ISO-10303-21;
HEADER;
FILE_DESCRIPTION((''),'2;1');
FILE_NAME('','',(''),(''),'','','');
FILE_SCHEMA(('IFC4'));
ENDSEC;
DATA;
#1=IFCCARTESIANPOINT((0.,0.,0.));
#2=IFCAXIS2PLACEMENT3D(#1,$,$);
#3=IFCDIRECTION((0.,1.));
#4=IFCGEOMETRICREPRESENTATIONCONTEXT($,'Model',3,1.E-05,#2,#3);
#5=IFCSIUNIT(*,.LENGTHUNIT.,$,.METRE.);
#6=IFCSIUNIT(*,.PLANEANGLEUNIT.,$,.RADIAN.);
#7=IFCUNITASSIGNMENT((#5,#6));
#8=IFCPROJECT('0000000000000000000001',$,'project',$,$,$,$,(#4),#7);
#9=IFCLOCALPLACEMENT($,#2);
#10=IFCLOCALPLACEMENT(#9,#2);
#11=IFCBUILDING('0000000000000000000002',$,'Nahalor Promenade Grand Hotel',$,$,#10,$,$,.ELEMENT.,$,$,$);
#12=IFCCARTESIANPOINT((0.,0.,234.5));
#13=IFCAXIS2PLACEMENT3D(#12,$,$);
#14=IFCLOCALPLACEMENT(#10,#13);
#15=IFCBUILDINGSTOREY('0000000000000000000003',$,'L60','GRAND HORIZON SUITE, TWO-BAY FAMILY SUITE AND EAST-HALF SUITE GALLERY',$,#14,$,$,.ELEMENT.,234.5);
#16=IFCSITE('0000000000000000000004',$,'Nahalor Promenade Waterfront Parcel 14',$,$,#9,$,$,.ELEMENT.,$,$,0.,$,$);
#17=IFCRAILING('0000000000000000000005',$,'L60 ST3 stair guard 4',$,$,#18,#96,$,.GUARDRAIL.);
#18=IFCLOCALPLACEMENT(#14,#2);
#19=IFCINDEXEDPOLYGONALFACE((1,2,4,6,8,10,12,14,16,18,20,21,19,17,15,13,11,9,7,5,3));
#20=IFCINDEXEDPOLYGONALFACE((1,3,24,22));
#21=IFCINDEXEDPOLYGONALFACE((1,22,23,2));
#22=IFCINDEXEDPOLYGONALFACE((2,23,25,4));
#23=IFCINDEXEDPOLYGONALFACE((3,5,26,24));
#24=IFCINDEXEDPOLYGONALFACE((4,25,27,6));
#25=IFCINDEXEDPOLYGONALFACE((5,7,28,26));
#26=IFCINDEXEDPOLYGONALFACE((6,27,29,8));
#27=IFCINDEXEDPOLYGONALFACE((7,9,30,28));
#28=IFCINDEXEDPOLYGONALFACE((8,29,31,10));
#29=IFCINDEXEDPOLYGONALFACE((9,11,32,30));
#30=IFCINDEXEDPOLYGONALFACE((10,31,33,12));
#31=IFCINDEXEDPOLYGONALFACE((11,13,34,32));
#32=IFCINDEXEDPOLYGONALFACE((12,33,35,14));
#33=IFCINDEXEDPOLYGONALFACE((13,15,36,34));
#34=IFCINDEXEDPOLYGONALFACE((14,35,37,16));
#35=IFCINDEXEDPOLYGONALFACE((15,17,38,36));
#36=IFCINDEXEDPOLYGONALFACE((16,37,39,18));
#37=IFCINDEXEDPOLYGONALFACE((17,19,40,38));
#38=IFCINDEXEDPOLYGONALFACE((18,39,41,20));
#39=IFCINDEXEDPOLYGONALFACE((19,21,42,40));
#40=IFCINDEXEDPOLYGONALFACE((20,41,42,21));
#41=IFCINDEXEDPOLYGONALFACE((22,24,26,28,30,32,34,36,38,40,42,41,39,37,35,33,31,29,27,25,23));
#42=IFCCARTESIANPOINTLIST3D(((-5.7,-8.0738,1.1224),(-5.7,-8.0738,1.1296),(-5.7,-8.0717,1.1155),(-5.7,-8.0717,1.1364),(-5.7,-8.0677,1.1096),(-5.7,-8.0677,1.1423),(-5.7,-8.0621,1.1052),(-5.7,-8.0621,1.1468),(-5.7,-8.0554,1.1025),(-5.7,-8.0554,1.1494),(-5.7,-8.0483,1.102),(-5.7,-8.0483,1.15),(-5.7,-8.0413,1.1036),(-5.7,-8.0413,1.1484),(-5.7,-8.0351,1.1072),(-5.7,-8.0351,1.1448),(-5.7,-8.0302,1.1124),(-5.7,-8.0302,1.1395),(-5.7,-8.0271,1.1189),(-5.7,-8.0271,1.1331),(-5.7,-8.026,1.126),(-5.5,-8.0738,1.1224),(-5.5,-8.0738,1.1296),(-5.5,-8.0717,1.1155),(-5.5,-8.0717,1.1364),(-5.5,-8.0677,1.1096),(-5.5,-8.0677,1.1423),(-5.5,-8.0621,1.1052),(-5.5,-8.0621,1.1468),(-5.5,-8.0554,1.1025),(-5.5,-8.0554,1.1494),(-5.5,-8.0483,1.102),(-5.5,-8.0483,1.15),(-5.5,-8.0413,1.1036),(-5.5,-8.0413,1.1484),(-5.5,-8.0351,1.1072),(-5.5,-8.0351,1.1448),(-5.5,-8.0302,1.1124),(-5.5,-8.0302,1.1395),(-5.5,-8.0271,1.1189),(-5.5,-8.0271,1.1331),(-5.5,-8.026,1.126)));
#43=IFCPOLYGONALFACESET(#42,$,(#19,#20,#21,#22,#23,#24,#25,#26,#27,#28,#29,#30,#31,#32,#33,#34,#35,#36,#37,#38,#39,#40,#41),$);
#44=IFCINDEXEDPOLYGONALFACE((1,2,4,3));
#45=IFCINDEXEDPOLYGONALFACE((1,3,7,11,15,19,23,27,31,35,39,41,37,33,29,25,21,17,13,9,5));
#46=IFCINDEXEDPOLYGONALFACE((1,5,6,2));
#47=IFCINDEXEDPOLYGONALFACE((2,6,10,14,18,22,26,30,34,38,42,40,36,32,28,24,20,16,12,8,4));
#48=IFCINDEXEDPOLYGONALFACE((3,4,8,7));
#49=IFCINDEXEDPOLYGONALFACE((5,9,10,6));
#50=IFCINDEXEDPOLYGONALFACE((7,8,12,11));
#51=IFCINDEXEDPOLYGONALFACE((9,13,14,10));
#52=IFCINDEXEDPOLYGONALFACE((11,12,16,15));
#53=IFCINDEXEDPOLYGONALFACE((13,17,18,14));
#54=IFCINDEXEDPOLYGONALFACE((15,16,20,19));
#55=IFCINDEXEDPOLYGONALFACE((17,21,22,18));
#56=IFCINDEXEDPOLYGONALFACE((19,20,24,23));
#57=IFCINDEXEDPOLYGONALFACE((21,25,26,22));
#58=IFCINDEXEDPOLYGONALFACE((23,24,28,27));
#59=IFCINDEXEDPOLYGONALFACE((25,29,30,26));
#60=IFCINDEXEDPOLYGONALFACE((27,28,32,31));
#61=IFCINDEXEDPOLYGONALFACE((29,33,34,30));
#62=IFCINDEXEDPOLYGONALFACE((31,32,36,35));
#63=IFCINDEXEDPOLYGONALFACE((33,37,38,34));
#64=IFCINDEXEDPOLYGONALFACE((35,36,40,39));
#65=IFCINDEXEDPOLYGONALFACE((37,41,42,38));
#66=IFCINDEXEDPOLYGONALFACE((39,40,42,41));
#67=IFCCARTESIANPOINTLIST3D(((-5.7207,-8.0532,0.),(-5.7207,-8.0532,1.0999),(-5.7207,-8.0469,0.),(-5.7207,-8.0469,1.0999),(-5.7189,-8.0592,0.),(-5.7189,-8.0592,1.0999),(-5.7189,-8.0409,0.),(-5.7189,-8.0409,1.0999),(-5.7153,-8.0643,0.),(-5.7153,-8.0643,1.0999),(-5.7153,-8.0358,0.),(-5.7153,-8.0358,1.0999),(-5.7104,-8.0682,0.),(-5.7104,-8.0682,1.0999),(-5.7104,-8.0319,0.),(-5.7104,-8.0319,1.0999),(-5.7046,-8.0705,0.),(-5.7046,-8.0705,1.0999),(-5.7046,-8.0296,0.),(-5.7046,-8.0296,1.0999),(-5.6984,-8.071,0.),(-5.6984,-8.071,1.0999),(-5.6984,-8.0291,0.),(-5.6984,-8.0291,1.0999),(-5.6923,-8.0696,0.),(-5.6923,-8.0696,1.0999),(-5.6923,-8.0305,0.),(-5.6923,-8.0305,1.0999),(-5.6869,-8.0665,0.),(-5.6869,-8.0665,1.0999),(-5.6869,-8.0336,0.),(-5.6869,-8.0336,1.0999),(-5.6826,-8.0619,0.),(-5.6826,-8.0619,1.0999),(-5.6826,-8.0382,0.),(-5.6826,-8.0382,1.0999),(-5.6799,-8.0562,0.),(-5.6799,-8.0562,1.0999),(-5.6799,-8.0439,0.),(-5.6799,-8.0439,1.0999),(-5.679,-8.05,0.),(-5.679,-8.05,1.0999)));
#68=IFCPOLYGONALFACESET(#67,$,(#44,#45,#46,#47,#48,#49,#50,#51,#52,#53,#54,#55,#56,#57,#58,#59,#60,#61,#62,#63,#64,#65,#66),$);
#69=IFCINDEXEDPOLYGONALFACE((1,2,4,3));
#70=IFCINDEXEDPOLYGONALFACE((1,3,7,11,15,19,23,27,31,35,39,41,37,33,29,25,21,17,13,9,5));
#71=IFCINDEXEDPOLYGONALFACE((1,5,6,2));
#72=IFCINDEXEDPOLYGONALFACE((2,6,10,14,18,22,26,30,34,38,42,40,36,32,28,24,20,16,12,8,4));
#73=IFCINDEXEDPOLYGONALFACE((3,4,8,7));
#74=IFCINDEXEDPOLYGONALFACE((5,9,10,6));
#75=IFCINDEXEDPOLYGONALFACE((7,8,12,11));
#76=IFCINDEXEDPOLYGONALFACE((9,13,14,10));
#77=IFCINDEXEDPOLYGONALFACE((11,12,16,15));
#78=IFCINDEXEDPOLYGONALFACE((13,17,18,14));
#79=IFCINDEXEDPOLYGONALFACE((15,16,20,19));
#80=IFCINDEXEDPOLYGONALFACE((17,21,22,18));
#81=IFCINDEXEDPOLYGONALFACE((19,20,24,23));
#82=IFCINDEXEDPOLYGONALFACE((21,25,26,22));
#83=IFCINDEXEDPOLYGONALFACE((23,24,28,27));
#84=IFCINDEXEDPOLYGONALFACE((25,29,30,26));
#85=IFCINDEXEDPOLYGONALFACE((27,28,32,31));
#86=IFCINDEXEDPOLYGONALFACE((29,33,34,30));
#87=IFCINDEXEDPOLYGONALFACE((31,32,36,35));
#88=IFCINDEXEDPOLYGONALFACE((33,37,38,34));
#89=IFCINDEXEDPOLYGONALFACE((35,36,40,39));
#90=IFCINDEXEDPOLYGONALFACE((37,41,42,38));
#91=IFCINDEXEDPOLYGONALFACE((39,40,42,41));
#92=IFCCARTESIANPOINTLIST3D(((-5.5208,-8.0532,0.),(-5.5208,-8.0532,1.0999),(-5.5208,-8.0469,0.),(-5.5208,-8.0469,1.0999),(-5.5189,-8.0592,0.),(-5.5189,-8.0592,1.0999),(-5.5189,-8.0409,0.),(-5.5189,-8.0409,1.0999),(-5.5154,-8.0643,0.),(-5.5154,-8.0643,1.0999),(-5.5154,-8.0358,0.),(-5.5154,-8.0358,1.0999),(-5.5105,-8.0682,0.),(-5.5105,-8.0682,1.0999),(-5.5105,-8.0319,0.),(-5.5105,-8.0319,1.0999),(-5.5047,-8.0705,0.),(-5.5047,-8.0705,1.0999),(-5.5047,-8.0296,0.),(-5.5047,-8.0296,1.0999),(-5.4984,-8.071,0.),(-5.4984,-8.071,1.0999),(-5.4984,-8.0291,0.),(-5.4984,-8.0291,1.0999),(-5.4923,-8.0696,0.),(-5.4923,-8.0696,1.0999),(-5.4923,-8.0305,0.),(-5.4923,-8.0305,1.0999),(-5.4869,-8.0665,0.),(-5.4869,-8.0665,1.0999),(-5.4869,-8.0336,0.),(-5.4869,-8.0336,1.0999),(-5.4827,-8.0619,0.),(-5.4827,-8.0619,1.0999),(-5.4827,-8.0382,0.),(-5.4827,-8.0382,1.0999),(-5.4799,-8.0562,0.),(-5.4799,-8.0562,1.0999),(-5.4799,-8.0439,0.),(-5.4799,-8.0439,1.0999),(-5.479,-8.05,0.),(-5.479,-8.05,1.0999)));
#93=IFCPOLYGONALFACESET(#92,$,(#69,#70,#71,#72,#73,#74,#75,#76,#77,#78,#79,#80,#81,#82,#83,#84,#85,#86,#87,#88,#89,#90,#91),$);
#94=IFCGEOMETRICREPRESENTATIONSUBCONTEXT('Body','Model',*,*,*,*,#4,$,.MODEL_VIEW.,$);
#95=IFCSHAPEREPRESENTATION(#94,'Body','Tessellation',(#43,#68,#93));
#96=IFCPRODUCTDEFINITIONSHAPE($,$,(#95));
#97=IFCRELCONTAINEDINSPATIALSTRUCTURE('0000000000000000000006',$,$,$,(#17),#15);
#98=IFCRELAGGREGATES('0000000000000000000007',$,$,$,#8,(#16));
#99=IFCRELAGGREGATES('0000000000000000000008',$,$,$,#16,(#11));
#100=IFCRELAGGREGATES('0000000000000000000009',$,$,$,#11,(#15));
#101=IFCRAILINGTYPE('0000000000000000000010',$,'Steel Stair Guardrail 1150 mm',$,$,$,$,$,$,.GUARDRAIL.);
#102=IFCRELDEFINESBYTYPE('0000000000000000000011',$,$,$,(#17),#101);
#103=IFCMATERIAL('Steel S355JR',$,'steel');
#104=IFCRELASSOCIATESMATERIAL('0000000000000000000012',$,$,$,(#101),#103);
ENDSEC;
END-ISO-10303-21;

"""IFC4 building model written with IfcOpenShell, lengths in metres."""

from ifc_helpers import new_model, si_unit, direction, frame, origin, origin_2d, place, context, subcontext, project, spatial, circle, extrude, material, type_object, element, save


model = new_model("IFC4")

# Units and contexts
model_context = context("Model", 3, precision=1e-05, world=origin(), true_north=direction((0.0, 1.0)))
body_context = subcontext(model_context, "Body", "Model", "MODEL_VIEW")
ifc_project = project(units=[si_unit("LENGTHUNIT", "METRE"), si_unit("PLANEANGLEUNIT", "RADIAN")], contexts=[model_context])

# Site, building, storey
site_placement = place(None, origin())
site = spatial("IfcSite", under=ifc_project, at=site_placement, Name="Nahalor Promenade Waterfront Parcel 14", CompositionType="ELEMENT", RefElevation=0.0)
building_placement = place(site_placement, origin())
building = spatial("IfcBuilding", under=site, at=building_placement, Name="Nahalor Promenade Grand Hotel", CompositionType="ELEMENT")
storey_placement = place(building_placement, frame((0.0, 0.0, 234.5)))
storey = spatial("IfcBuildingStorey", under=building, at=storey_placement, Name="L60", Description="GRAND HORIZON SUITE, TWO-BAY FAMILY SUITE AND EAST-HALF SUITE GALLERY", CompositionType="ELEMENT", Elevation=234.5)

# Shared definitions
ifc_material_1 = material(Name="Steel S355JR", Category="steel")

# Railing
railing_type_1 = type_object("IfcRailingType", Name="Steel Stair Guardrail 1150 mm", PredefinedType="GUARDRAIL", material=ifc_material_1)
railing_1_placement = place(storey_placement, frame((-5.7, -8.05, 0.0)))
element("IfcRailing", 1, at=railing_1_placement, inside=storey, type_object=railing_type_1, Name="L60 ST3 stair guard 4", PredefinedType="GUARDRAIL", context=body_context, shape_type="SweptSolid", body=[
    extrude(circle(Radius=0.024, at=origin_2d()), frame((0.0, 0.0, 1.126), z_axis=(1.0, 0.0, 0.0), x_axis=(0.0, 1.0, 0.0)), (0.0, 0.0, 1.0), 0.2),
    extrude(circle(Radius=0.021, at=origin_2d()), origin(), (0.0, 0.0, 1.0), 1.0999),
    extrude(circle(Radius=0.021, at=origin_2d()), frame((0.2, 0.0, 0.0)), (0.0, 0.0, 1.0), 1.0999),
])

save(model, "model.ifc")
